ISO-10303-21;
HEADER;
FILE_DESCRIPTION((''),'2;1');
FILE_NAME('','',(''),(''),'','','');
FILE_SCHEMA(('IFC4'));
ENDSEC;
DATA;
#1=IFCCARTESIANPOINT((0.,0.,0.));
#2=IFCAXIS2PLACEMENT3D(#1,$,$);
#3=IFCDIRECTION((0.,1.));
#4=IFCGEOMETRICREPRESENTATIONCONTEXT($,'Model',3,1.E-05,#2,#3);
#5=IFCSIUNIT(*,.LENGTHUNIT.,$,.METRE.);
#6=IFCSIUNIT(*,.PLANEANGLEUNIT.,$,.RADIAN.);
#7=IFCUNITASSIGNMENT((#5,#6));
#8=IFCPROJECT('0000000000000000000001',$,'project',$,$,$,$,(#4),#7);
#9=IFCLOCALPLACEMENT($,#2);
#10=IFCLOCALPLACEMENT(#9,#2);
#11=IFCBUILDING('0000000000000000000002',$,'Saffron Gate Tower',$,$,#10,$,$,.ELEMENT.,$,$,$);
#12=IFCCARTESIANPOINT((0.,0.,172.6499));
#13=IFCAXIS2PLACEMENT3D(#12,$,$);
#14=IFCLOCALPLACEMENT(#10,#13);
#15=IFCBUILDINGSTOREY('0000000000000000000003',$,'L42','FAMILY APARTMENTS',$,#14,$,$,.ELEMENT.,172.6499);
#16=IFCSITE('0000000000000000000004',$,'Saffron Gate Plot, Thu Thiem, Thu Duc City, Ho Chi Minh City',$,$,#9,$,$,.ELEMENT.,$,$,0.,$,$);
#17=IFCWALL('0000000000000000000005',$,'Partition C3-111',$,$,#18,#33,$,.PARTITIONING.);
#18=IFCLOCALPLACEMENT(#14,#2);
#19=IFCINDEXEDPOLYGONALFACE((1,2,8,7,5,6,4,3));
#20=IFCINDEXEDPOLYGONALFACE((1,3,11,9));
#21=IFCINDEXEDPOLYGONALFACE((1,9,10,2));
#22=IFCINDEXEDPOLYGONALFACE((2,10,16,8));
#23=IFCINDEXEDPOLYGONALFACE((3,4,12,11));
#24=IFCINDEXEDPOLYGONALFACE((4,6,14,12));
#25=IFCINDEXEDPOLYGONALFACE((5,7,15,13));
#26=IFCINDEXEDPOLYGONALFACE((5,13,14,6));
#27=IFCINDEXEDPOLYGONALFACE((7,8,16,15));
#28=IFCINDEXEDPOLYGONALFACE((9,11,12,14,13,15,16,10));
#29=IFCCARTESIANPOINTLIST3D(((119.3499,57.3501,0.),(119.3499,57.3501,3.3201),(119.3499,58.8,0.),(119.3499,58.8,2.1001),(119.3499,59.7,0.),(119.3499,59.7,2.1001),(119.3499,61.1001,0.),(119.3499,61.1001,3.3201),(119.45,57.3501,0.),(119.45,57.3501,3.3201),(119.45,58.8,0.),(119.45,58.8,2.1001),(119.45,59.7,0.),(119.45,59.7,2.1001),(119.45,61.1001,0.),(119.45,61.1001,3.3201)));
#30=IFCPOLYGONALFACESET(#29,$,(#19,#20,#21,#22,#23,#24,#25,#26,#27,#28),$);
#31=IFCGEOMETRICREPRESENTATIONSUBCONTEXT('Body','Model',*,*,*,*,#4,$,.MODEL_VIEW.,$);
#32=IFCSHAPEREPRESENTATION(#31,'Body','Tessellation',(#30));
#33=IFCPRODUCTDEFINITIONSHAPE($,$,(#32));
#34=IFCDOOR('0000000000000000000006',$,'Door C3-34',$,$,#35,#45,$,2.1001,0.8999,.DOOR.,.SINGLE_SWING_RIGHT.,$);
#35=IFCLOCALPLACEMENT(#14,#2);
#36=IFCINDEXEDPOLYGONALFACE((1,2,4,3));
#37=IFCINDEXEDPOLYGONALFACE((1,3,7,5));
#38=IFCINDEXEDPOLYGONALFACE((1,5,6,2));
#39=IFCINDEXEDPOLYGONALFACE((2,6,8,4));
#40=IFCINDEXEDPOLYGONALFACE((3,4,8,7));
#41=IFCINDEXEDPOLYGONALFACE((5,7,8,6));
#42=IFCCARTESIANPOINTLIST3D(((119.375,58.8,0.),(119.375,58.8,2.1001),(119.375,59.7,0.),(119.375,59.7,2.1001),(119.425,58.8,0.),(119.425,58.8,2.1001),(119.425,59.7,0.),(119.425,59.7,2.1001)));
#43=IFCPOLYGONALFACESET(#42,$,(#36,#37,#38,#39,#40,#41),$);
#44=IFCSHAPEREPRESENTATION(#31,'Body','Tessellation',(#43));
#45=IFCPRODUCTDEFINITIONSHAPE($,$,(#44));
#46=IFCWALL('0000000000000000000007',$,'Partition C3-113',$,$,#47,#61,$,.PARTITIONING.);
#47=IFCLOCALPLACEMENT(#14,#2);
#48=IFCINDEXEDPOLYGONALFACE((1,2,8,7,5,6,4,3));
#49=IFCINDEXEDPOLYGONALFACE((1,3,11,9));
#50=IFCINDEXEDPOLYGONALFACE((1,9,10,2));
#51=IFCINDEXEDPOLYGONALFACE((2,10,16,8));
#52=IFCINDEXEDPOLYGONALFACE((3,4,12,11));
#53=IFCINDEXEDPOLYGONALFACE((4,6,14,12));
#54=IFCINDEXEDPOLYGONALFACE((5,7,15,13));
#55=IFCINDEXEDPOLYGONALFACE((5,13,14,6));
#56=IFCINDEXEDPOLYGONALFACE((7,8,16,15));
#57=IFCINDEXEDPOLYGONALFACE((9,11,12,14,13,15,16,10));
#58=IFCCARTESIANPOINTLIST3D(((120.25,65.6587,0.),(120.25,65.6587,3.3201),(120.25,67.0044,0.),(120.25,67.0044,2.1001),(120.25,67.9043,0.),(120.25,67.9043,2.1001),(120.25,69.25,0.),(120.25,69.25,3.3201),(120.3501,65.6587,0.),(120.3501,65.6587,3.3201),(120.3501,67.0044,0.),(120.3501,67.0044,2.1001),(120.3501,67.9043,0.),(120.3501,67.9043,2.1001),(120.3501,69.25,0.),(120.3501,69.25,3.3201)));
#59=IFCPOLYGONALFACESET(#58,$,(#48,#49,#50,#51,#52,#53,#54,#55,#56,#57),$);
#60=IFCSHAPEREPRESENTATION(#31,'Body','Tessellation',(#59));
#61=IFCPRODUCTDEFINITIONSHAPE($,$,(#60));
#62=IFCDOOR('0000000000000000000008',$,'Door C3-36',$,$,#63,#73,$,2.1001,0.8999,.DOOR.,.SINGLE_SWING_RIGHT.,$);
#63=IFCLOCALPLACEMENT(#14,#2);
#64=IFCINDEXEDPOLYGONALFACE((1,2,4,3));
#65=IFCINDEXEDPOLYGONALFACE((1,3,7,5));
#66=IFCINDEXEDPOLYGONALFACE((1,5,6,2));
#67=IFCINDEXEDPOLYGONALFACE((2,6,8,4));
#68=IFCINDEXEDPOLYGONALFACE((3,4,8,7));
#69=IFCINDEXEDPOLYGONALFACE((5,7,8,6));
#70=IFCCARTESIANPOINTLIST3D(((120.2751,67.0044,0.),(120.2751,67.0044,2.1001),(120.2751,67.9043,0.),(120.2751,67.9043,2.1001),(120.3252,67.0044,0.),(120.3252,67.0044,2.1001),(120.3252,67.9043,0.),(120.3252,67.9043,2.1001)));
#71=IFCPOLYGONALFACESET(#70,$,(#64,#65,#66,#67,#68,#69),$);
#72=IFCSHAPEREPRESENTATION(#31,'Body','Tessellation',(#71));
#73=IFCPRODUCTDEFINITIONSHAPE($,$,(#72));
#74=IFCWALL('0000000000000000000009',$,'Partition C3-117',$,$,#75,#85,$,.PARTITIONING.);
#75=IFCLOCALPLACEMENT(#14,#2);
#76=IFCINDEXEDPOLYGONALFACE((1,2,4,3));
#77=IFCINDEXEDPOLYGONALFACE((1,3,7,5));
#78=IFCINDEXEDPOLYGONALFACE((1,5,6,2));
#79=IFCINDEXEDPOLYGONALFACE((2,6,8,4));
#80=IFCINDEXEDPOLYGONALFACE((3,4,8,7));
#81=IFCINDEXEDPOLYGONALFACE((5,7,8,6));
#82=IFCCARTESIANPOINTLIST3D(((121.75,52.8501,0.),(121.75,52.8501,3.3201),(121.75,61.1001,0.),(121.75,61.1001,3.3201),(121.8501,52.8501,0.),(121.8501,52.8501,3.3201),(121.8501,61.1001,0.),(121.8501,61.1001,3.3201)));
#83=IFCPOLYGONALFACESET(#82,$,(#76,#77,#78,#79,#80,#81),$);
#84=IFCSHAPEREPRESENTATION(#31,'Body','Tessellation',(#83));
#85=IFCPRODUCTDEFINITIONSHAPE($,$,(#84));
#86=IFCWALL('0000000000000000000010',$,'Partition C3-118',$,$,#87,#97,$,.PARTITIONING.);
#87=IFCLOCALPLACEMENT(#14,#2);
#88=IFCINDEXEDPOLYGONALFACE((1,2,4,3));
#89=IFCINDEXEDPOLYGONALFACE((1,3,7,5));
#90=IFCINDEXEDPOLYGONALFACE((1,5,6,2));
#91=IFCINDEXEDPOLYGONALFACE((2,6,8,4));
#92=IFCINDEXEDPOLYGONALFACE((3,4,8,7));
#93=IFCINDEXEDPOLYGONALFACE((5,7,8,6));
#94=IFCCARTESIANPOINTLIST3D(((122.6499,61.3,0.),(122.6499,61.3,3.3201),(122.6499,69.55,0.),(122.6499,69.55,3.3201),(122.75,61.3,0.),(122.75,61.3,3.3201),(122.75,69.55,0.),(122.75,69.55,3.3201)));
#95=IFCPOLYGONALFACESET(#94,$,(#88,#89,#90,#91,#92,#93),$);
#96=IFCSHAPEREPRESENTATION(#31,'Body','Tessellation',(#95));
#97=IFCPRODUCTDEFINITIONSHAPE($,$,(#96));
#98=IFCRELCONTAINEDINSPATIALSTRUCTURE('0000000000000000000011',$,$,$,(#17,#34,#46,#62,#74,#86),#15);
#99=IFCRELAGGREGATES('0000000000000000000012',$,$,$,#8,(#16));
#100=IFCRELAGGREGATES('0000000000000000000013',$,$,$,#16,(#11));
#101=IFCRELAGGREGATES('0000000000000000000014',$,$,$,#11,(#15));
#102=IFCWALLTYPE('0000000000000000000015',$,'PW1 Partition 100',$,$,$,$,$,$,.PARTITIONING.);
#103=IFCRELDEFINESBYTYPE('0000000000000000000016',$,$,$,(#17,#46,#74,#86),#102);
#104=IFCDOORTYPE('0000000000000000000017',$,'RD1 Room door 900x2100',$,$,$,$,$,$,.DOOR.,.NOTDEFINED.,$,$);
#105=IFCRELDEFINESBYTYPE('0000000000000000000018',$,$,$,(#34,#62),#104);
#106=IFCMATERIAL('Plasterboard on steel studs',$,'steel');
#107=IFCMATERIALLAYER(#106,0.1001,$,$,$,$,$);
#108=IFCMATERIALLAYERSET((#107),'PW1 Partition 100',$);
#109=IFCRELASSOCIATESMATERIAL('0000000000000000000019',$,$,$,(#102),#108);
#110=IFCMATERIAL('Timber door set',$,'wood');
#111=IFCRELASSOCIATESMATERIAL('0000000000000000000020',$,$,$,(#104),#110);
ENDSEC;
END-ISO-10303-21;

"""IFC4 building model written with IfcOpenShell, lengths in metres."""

from ifc_helpers import new_model, si_unit, direction, frame, frame_2d, origin, place, context, subcontext, project, spatial, rectangle, extrude, material, layer, layer_set, type_object, element, fill, save


model = new_model("IFC4")

# Units and contexts
model_context = context("Model", 3, precision=1e-05, world=origin(), true_north=direction((0.0, 1.0)))
body_context = subcontext(model_context, "Body", "Model", "MODEL_VIEW")
ifc_project = project(units=[si_unit("LENGTHUNIT", "METRE"), si_unit("PLANEANGLEUNIT", "RADIAN")], contexts=[model_context])

# Site, building, storey
site_placement = place(None, origin())
site = spatial("IfcSite", under=ifc_project, at=site_placement, Name="Saffron Gate Plot, Thu Thiem, Thu Duc City, Ho Chi Minh City", CompositionType="ELEMENT", RefElevation=0.0)
building_placement = place(site_placement, origin())
building = spatial("IfcBuilding", under=site, at=building_placement, Name="Saffron Gate Tower", CompositionType="ELEMENT")
storey_placement = place(building_placement, frame((0.0, 0.0, 172.6499)))
storey = spatial("IfcBuildingStorey", under=building, at=storey_placement, Name="L42", Description="FAMILY APARTMENTS", CompositionType="ELEMENT", Elevation=172.6499)

# Shared definitions
ifc_material_1 = material(Name="Plasterboard on steel studs", Category="steel")
ifc_layer = layer(ifc_material_1, 0.1001)
ifc_layer_set = layer_set([ifc_layer], Name="PW1 Partition 100")
wall_type = type_object("IfcWallType", Name="PW1 Partition 100", PredefinedType="PARTITIONING", material=ifc_layer_set)

# Walls, openings, doors
ifc_material_2 = material(Name="Timber door set", Category="wood")
door_type = type_object("IfcDoorType", Name="RD1 Room door 900x2100", OperationType="NOTDEFINED", PredefinedType="DOOR", material=ifc_material_2)
wall_1_placement = place(storey_placement, frame((119.3999, 57.3501, 0.0), z_axis=(0.0, 0.0, 1.0), x_axis=(0.0, 1.0, 0.0)))
wall_1 = element("IfcWall", 1, at=wall_1_placement, inside=storey, type_object=wall_type, Name="Partition C3-111", PredefinedType="PARTITIONING", context=body_context, shape_type="SweptSolid", body=[
    extrude(rectangle(XDim=3.75, YDim=0.1001, at=frame_2d((1.875, 0.0))), origin(), (0.0, 0.0, 1.0), 3.3201),
])
opening_1_placement = place(wall_1_placement, frame((1.45, 0.0, 0.0)))
opening_1 = element("IfcOpeningElement", 2, at=opening_1_placement, cuts=wall_1, PredefinedType="OPENING", context=body_context, shape_type="SweptSolid", body=[
    extrude(rectangle(XDim=0.8999, YDim=2.1001, at=frame_2d((0.45, 1.05))), frame((0.0, 0.0601, 0.0), z_axis=(0.0, -1.0, 0.0), x_axis=(1.0, 0.0, 0.0)), (0.0, 0.0, 1.0), 0.1201),
])
door_1_placement = place(opening_1_placement, origin())
door_1 = element("IfcDoor", 3, at=door_1_placement, inside=storey, type_object=door_type, Name="Door C3-34", OperationType="SINGLE_SWING_RIGHT", OverallHeight=2.1001, OverallWidth=0.8999, PredefinedType="DOOR", context=body_context, shape_type="SweptSolid", body=[
    extrude(rectangle(XDim=0.8999, YDim=2.1001, at=frame_2d((0.45, 1.05))), frame((0.0, 0.0249, 0.0), z_axis=(0.0, -1.0, 0.0), x_axis=(1.0, 0.0, 0.0)), (0.0, 0.0, 1.0), 0.05),
])
fill(opening_1, door_1)
wall_2_placement = place(storey_placement, frame((120.3, 65.6587, 0.0), z_axis=(0.0, 0.0, 1.0), x_axis=(0.0, 1.0, 0.0)))
wall_2 = element("IfcWall", 4, at=wall_2_placement, inside=storey, type_object=wall_type, Name="Partition C3-113", PredefinedType="PARTITIONING", context=body_context, shape_type="SweptSolid", body=[
    extrude(rectangle(XDim=3.5913, YDim=0.1001, at=frame_2d((1.7957, 0.0))), origin(), (0.0, 0.0, 1.0), 3.3201),
])
opening_2_placement = place(wall_2_placement, frame((1.3457, 0.0, 0.0)))
opening_2 = element("IfcOpeningElement", 5, at=opening_2_placement, cuts=wall_2, PredefinedType="OPENING", context=body_context, shape_type="SweptSolid", body=[
    extrude(rectangle(XDim=0.8999, YDim=2.1001, at=frame_2d((0.45, 1.05))), frame((0.0, 0.0601, 0.0), z_axis=(0.0, -1.0, 0.0), x_axis=(1.0, 0.0, 0.0)), (0.0, 0.0, 1.0), 0.1201),
])
door_2_placement = place(opening_2_placement, origin())
door_2 = element("IfcDoor", 6, at=door_2_placement, inside=storey, type_object=door_type, Name="Door C3-36", OperationType="SINGLE_SWING_RIGHT", OverallHeight=2.1001, OverallWidth=0.8999, PredefinedType="DOOR", context=body_context, shape_type="SweptSolid", body=[
    extrude(rectangle(XDim=0.8999, YDim=2.1001, at=frame_2d((0.45, 1.05))), frame((0.0, 0.0249, 0.0), z_axis=(0.0, -1.0, 0.0), x_axis=(1.0, 0.0, 0.0)), (0.0, 0.0, 1.0), 0.05),
])
fill(opening_2, door_2)

# Walls
for number, where, z_axis, x_axis, name in (
    (7, (121.8, 61.1001, 0.0), (0.0, 0.0, 1.0), (0.0, -1.0, 0.0), "Partition C3-117"),
    (8, (122.7, 69.55, 0.0), (0.0, 0.0, 1.0), (0.0, -1.0, 0.0), "Partition C3-118"),
):
    element("IfcWall", number, at=place(storey_placement, frame(where, z_axis=z_axis, x_axis=x_axis)), inside=storey, type_object=wall_type, Name=name, PredefinedType="PARTITIONING", context=body_context, shape_type="SweptSolid", body=[
        extrude(rectangle(XDim=8.25, YDim=0.1001, at=frame_2d((4.125, 0.0))), origin(), (0.0, 0.0, 1.0), 3.3201),
    ])

save(model, "model.ifc")
